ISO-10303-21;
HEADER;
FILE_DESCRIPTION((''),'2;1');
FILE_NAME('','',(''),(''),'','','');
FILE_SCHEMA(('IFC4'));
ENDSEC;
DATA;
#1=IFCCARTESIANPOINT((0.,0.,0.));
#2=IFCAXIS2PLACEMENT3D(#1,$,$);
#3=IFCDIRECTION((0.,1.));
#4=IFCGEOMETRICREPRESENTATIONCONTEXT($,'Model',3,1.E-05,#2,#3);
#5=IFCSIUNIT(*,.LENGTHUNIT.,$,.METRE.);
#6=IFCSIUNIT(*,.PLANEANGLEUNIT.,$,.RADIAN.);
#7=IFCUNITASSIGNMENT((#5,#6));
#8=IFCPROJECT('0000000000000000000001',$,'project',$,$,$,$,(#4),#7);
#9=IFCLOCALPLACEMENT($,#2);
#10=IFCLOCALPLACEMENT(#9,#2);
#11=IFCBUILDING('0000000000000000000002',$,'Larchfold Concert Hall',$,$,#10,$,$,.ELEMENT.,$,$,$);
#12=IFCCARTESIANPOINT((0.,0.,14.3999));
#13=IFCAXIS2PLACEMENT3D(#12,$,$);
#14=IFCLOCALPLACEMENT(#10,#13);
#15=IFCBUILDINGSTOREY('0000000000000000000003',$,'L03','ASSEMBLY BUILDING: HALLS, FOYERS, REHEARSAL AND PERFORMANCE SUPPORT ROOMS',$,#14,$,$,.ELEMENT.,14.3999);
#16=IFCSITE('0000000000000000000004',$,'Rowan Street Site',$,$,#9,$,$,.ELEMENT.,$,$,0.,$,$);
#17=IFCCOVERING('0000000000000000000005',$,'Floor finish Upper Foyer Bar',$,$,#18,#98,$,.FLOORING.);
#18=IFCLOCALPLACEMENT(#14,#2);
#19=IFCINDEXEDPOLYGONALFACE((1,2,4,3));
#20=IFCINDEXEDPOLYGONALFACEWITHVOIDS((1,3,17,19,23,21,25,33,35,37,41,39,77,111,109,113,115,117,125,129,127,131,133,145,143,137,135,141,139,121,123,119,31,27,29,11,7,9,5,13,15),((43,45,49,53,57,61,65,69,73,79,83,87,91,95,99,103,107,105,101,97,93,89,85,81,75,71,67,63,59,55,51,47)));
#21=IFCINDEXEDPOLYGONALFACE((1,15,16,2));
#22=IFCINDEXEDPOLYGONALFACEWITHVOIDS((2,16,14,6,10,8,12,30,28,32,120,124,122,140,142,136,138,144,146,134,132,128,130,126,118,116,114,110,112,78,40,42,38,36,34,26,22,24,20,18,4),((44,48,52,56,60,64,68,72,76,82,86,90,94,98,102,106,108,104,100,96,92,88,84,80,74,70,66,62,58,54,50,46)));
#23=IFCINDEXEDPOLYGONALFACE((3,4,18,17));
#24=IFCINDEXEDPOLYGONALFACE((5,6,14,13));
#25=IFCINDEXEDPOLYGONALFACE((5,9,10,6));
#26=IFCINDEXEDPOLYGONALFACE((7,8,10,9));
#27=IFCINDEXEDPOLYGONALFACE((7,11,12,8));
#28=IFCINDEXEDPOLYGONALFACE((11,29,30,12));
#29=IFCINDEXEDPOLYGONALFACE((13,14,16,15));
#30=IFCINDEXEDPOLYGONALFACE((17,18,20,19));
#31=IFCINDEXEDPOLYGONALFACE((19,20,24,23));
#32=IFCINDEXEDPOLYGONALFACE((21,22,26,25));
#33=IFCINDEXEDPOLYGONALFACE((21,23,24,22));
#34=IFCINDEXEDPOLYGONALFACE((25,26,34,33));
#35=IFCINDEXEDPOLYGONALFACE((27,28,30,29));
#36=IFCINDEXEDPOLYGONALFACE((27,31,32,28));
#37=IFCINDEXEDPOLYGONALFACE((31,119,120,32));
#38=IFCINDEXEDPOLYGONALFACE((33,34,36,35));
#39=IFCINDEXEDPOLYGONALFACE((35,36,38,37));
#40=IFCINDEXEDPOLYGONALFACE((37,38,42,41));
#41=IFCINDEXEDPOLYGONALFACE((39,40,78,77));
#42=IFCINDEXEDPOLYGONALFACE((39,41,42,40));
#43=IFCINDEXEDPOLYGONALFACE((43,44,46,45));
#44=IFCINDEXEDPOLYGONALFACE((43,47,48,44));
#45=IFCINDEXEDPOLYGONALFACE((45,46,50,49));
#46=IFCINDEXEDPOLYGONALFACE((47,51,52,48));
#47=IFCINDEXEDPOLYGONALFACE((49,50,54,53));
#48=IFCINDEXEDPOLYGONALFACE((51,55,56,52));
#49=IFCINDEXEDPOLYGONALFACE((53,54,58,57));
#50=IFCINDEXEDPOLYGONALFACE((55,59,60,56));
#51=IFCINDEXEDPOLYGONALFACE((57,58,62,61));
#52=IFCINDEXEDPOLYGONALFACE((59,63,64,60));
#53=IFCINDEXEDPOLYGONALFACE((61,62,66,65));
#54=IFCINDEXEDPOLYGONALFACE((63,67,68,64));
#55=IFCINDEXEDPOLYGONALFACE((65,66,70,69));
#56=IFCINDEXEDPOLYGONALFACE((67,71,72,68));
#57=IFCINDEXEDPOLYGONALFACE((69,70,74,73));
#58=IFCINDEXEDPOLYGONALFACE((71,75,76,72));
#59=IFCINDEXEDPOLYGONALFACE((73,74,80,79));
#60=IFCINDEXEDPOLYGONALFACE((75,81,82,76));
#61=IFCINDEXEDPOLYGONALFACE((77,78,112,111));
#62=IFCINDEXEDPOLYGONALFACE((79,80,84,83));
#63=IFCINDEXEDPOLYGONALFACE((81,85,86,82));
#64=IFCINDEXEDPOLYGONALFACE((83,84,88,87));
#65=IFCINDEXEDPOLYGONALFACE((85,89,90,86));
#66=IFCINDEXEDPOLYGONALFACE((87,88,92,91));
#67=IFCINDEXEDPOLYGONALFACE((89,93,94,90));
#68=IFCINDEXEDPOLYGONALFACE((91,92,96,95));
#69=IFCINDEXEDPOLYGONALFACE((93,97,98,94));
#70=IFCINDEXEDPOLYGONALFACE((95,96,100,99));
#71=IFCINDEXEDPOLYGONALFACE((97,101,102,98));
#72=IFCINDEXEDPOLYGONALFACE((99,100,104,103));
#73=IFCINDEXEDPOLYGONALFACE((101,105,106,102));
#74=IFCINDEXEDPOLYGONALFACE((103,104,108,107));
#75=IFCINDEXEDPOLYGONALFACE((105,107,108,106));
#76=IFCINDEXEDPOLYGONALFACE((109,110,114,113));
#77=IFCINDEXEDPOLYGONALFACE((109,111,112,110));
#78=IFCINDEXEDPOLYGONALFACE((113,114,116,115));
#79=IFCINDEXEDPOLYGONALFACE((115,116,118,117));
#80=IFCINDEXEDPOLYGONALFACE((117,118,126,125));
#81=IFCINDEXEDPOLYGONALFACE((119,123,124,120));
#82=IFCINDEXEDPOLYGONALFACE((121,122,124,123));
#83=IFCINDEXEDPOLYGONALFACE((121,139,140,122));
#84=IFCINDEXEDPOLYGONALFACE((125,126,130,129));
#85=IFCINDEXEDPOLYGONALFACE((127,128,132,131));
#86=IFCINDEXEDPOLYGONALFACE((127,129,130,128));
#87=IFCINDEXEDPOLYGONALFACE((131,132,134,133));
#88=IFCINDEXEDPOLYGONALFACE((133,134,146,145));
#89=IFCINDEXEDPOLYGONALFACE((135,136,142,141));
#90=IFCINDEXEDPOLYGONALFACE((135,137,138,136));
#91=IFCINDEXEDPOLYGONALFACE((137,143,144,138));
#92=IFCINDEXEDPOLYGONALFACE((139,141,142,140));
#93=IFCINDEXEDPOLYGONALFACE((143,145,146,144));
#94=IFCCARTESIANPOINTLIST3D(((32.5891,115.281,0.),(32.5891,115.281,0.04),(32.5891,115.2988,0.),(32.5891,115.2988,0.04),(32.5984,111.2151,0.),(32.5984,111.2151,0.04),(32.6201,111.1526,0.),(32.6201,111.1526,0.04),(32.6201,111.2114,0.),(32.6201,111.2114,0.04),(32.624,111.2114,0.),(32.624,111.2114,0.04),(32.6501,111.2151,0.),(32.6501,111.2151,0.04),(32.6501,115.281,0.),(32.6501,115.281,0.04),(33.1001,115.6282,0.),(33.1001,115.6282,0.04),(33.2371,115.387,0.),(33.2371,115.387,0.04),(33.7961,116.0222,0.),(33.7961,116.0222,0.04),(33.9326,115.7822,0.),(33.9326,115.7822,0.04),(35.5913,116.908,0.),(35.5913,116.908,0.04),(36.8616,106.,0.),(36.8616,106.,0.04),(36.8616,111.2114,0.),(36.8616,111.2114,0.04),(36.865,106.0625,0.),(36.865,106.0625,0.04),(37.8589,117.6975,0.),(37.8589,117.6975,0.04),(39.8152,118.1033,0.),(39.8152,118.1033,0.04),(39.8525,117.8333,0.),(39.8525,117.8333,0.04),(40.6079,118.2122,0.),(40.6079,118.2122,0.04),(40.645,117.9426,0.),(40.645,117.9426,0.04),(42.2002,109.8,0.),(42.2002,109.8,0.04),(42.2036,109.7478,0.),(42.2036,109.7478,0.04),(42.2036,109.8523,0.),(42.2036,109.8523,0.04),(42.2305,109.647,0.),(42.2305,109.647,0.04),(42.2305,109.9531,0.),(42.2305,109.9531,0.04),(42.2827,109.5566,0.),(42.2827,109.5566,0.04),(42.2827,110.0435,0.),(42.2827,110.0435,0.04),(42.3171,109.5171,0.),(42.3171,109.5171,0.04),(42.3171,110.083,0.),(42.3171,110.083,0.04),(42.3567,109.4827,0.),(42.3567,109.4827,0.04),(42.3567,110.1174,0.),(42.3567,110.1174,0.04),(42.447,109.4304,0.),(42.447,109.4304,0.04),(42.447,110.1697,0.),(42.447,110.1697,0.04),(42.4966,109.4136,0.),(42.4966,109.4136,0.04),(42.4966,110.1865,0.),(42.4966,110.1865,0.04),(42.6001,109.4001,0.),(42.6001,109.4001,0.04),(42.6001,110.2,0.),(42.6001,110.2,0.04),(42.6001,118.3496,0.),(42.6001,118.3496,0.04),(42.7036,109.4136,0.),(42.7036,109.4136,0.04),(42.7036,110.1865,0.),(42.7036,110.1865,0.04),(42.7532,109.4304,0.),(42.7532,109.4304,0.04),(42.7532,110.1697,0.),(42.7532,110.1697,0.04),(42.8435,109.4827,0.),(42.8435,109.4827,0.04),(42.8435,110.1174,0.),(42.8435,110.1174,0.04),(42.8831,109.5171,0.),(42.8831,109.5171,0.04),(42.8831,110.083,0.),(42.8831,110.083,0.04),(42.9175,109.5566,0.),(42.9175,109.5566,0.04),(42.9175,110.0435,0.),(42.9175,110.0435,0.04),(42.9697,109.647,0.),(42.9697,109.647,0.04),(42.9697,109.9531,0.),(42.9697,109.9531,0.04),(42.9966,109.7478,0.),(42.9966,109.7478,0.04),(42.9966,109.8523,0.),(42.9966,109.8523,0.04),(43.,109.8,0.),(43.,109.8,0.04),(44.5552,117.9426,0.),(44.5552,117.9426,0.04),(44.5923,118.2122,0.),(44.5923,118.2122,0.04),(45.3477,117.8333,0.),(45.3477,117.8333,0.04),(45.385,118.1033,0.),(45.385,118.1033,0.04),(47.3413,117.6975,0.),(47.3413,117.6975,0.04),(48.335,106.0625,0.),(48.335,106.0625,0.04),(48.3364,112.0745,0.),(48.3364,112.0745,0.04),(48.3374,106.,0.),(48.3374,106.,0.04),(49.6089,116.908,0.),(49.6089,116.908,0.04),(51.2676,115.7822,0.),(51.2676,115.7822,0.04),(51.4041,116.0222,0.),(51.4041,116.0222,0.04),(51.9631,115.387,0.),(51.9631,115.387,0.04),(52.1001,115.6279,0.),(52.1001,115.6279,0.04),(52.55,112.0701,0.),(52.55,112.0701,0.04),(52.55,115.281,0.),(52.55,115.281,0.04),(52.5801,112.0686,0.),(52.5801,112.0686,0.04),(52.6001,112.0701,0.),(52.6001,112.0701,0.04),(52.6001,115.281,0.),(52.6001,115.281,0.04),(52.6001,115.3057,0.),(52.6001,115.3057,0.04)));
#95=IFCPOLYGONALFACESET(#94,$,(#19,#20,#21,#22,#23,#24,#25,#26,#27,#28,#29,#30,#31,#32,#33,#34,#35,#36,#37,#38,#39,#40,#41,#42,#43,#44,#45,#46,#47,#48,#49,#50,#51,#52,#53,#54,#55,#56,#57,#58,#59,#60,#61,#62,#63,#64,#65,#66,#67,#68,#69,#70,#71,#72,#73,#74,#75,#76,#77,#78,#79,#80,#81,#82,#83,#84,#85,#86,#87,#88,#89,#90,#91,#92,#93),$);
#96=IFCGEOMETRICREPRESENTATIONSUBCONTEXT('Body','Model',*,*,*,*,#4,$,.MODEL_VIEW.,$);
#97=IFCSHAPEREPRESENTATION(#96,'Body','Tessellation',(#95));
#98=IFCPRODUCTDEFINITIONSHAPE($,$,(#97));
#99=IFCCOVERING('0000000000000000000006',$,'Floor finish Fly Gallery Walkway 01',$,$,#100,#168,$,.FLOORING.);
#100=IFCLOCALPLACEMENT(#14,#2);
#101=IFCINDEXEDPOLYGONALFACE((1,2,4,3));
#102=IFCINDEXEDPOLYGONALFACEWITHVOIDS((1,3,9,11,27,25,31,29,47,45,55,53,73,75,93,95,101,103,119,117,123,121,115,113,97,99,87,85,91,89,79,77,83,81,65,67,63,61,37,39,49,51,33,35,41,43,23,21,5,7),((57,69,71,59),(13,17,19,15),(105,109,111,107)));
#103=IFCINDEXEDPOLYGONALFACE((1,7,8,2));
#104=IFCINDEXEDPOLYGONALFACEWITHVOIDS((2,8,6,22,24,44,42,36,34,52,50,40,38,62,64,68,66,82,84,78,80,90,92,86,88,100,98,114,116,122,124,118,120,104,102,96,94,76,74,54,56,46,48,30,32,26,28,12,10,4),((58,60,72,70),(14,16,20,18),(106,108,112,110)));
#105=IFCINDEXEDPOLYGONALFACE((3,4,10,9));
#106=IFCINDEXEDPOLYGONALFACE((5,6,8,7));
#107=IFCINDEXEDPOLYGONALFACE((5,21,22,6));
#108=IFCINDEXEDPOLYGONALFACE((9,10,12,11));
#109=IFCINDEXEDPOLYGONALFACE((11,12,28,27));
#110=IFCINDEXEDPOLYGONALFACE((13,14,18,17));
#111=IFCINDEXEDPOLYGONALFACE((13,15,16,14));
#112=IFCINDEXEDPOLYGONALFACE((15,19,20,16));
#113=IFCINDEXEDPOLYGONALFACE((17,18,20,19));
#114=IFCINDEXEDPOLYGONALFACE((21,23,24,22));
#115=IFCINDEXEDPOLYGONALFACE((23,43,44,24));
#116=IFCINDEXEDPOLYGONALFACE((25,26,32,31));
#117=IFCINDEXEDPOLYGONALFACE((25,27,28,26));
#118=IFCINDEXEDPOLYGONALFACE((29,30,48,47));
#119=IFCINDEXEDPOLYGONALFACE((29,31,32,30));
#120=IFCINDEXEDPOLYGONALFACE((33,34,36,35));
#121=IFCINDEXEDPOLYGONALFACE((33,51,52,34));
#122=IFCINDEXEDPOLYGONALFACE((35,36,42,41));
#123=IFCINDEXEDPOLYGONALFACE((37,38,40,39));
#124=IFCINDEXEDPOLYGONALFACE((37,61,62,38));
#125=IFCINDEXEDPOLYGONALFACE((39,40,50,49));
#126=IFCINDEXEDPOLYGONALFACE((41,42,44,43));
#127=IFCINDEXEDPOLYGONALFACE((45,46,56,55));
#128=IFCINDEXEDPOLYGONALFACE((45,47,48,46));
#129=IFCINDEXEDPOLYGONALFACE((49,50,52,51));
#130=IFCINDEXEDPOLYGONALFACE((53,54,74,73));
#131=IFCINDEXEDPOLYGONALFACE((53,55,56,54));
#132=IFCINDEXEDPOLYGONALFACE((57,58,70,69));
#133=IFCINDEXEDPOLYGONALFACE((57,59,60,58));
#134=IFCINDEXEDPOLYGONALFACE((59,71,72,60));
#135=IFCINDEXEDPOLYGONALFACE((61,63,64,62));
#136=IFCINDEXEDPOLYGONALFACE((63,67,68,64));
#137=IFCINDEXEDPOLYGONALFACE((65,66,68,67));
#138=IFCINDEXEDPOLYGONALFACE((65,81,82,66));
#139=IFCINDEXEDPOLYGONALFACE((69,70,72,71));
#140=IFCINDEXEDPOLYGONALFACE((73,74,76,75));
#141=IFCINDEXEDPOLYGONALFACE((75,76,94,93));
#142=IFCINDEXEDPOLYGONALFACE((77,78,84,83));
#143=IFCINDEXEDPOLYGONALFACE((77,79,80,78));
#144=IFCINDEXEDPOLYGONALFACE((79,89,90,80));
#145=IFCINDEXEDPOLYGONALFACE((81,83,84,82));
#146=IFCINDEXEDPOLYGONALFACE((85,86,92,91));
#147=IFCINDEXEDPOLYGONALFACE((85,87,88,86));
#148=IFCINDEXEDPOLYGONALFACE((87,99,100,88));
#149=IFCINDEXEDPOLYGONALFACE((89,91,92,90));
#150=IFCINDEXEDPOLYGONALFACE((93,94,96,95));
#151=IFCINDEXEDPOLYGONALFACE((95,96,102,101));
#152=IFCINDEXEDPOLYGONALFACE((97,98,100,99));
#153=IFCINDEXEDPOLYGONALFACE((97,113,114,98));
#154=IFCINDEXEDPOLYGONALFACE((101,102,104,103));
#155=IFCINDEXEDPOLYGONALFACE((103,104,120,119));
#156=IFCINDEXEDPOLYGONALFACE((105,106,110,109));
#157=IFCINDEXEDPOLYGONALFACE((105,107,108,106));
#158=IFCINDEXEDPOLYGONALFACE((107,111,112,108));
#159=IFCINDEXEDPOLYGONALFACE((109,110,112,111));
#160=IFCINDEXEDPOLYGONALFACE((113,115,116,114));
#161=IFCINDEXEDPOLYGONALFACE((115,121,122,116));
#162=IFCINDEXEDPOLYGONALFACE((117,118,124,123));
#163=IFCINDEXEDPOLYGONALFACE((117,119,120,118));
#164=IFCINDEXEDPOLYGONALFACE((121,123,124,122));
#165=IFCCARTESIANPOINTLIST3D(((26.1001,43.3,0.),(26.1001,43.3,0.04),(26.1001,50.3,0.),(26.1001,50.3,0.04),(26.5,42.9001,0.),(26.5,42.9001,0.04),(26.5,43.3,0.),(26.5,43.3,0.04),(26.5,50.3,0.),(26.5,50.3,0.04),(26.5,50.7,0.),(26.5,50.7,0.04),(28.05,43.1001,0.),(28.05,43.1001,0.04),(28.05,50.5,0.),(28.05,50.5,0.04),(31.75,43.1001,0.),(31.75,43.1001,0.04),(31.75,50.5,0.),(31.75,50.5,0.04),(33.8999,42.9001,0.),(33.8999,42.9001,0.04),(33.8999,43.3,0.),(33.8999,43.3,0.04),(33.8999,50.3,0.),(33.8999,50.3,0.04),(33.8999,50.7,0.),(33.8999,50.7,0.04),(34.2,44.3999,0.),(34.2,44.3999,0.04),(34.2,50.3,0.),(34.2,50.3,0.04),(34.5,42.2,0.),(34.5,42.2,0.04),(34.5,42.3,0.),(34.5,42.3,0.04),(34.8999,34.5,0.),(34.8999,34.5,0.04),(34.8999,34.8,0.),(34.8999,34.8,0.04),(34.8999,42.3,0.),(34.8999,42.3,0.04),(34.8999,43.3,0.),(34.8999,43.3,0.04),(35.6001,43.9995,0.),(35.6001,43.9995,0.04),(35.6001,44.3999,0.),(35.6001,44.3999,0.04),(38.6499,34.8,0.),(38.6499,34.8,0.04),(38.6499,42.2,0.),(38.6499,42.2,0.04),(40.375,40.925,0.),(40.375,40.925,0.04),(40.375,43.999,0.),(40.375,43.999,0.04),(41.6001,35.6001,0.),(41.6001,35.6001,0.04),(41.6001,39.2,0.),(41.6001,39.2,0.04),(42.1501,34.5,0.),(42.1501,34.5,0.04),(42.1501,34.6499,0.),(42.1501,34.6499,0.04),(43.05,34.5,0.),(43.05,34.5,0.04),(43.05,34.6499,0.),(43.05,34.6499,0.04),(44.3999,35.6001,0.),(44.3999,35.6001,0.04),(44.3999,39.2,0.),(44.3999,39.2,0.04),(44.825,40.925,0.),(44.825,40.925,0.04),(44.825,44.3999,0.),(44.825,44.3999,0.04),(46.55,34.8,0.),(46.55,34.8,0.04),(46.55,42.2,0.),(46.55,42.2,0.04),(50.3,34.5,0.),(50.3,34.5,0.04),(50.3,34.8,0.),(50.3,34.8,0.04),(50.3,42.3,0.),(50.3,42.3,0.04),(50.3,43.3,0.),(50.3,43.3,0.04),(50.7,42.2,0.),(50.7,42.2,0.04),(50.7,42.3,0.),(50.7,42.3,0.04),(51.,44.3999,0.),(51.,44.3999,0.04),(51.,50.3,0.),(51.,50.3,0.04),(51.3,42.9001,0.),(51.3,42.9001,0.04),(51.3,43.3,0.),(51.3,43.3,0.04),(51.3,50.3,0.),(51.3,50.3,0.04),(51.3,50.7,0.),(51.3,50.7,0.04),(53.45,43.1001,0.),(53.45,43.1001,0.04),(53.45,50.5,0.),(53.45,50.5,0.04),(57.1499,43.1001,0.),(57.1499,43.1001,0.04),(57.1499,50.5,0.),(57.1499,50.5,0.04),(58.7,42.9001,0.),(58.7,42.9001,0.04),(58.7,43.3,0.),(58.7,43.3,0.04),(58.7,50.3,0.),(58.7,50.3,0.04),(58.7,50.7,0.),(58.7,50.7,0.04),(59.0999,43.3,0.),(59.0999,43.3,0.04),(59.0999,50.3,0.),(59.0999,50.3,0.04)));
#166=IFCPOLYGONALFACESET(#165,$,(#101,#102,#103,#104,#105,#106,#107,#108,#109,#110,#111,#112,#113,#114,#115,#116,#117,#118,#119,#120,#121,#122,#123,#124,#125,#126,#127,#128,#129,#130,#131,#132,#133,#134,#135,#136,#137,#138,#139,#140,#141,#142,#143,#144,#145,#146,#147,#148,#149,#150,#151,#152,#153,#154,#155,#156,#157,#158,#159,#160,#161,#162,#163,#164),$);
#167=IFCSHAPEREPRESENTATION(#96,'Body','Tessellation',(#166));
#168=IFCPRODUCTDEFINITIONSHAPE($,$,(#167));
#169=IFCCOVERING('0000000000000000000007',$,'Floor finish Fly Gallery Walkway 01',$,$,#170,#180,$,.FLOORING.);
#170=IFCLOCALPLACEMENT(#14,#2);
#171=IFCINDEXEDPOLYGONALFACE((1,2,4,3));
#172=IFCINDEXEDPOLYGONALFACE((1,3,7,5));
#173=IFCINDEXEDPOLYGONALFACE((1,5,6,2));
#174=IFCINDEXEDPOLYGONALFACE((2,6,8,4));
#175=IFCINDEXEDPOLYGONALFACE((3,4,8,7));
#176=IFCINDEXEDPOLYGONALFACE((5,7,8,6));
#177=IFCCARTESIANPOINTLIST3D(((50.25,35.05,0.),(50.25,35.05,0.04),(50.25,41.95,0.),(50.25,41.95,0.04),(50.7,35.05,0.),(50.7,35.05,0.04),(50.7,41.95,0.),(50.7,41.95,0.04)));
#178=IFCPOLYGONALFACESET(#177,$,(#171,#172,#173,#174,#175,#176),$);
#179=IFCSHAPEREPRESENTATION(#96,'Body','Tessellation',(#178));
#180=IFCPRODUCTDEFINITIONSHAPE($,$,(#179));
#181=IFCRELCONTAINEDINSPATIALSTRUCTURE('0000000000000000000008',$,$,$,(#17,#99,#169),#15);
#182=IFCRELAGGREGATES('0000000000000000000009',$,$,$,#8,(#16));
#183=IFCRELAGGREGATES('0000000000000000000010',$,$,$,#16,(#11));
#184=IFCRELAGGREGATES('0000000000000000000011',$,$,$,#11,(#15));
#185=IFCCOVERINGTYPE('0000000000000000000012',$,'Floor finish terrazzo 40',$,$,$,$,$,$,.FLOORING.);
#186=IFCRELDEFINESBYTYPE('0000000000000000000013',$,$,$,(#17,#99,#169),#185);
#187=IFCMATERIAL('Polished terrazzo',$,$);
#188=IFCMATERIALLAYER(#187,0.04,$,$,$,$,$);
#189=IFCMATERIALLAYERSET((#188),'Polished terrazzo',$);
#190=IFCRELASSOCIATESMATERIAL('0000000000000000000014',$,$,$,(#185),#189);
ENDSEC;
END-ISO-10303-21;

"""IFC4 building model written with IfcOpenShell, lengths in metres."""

from ifc_helpers import new_model, si_unit, direction, frame, origin, place, context, subcontext, project, spatial, polyline, outline, extrude, material, layer, layer_set, type_object, element, save


model = new_model("IFC4")

# Units and contexts
model_context = context("Model", 3, precision=1e-05, world=origin(), true_north=direction((0.0, 1.0)))
body_context = subcontext(model_context, "Body", "Model", "MODEL_VIEW")
ifc_project = project(units=[si_unit("LENGTHUNIT", "METRE"), si_unit("PLANEANGLEUNIT", "RADIAN")], contexts=[model_context])

# Site, building, storey
site_placement = place(None, origin())
site = spatial("IfcSite", under=ifc_project, at=site_placement, Name="Rowan Street Site", CompositionType="ELEMENT", RefElevation=0.0)
building_placement = place(site_placement, origin())
building = spatial("IfcBuilding", under=site, at=building_placement, Name="Larchfold Concert Hall", CompositionType="ELEMENT")
storey_placement = place(building_placement, frame((0.0, 0.0, 14.3999)))
storey = spatial("IfcBuildingStorey", under=building, at=storey_placement, Name="L03", Description="ASSEMBLY BUILDING: HALLS, FOYERS, REHEARSAL AND PERFORMANCE SUPPORT ROOMS", CompositionType="ELEMENT", Elevation=14.3999)

# Coverings
ifc_material_1 = material(Name="Polished terrazzo")
ifc_layer_1 = layer(ifc_material_1, 0.04)
ifc_layer_set_1 = layer_set([ifc_layer_1], Name="Polished terrazzo")
covering_type_1 = type_object("IfcCoveringType", Name="Floor finish terrazzo 40", PredefinedType="FLOORING", material=ifc_layer_set_1)
covering_1_placement = place(storey_placement, origin())
element("IfcCovering", 1, at=covering_1_placement, inside=storey, type_object=covering_type_1, Name="Floor finish Upper Foyer Bar", PredefinedType="FLOORING", context=body_context, shape_type="SweptSolid", body=[
    extrude(outline(polyline([(32.5984, 111.2151), (32.6201, 111.2114), (32.6201, 111.1526), (32.624, 111.2114), (36.8616, 111.2114), (36.8616, 106.0), (36.865, 106.0625), (48.335, 106.0625), (48.3374, 106.0), (48.3364, 112.0745), (52.5801, 112.0686), (52.6001, 112.0701), (52.55, 112.0701), (52.55, 115.281), (52.6001, 115.281), (52.6001, 115.3057), (52.1001, 115.6279), (51.9631, 115.387), (51.2676, 115.7822), (51.4041, 116.0222), (49.6089, 116.908), (47.3413, 117.6975), (45.385, 118.1033), (45.3477, 117.8333), (44.5552, 117.9426), (44.5923, 118.2122), (42.6001, 118.3496), (40.6079, 118.2122), (40.645, 117.9426), (39.8525, 117.8333), (39.8152, 118.1033), (37.8589, 117.6975), (35.5913, 116.908), (33.7961, 116.0222), (33.9326, 115.7822), (33.2371, 115.387), (33.1001, 115.6282), (32.5891, 115.2988), (32.5891, 115.281), (32.6501, 115.281), (32.6501, 111.2151), (32.5984, 111.2151)]), holes=[polyline([(42.4966, 109.4136), (42.447, 109.4304), (42.3567, 109.4827), (42.3171, 109.5171), (42.2827, 109.5566), (42.2305, 109.647), (42.2036, 109.7478), (42.2002, 109.8), (42.2036, 109.8523), (42.2305, 109.9531), (42.2827, 110.0435), (42.3171, 110.083), (42.3567, 110.1174), (42.447, 110.1697), (42.4966, 110.1865), (42.6001, 110.2), (42.7036, 110.1865), (42.7532, 110.1697), (42.8435, 110.1174), (42.8831, 110.083), (42.9175, 110.0435), (42.9697, 109.9531), (42.9966, 109.8523), (43.0, 109.8), (42.9966, 109.7478), (42.9697, 109.647), (42.9175, 109.5566), (42.8831, 109.5171), (42.8435, 109.4827), (42.7532, 109.4304), (42.7036, 109.4136), (42.6001, 109.4001), (42.4966, 109.4136)])]), origin(), (0.0, 0.0, 1.0), 0.04),
])
covering_2_placement = place(storey_placement, origin())
element("IfcCovering", 2, at=covering_2_placement, inside=storey, type_object=covering_type_1, Name="Floor finish Fly Gallery Walkway 01", PredefinedType="FLOORING", context=body_context, shape_type="SweptSolid", body=[
    extrude(outline(polyline([(51.0, 44.3999), (44.825, 44.3999), (44.825, 40.925), (40.375, 40.925), (40.375, 43.999), (35.6001, 43.9995), (35.6001, 44.3999), (34.2, 44.3999), (34.2, 50.3), (33.8999, 50.3), (33.8999, 50.7), (26.5, 50.7), (26.5, 50.3), (26.1001, 50.3), (26.1001, 43.3), (26.5, 43.3), (26.5, 42.9001), (33.8999, 42.9001), (33.8999, 43.3), (34.8999, 43.3), (34.8999, 42.3), (34.5, 42.3), (34.5, 42.2), (38.6499, 42.2), (38.6499, 34.8), (34.8999, 34.8), (34.8999, 34.5), (42.1501, 34.5), (42.1501, 34.6499), (43.05, 34.6499), (43.05, 34.5), (50.3, 34.5), (50.3, 34.8), (46.55, 34.8), (46.55, 42.2), (50.7, 42.2), (50.7, 42.3), (50.3, 42.3), (50.3, 43.3), (51.3, 43.3), (51.3, 42.9001), (58.7, 42.9001), (58.7, 43.3), (59.0999, 43.3), (59.0999, 50.3), (58.7, 50.3), (58.7, 50.7), (51.3, 50.7), (51.3, 50.3), (51.0, 50.3), (51.0, 44.3999)]), holes=[polyline([(53.45, 43.1001), (53.45, 50.5), (57.1499, 50.5), (57.1499, 43.1001), (53.45, 43.1001)]), polyline([(41.6001, 39.2), (44.3999, 39.2), (44.3999, 35.6001), (41.6001, 35.6001), (41.6001, 39.2)]), polyline([(31.75, 50.5), (31.75, 43.1001), (28.05, 43.1001), (28.05, 50.5), (31.75, 50.5)])]), origin(), (0.0, 0.0, 1.0), 0.04),
])
covering_3_placement = place(storey_placement, origin())
element("IfcCovering", 3, at=covering_3_placement, inside=storey, type_object=covering_type_1, Name="Floor finish Fly Gallery Walkway 01", PredefinedType="FLOORING", context=body_context, shape_type="SweptSolid", body=[
    extrude(outline(polyline([(50.25, 35.05), (50.7, 35.05), (50.7, 41.95), (50.25, 41.95), (50.25, 35.05)])), origin(), (0.0, 0.0, 1.0), 0.04),
])

save(model, "model.ifc")
